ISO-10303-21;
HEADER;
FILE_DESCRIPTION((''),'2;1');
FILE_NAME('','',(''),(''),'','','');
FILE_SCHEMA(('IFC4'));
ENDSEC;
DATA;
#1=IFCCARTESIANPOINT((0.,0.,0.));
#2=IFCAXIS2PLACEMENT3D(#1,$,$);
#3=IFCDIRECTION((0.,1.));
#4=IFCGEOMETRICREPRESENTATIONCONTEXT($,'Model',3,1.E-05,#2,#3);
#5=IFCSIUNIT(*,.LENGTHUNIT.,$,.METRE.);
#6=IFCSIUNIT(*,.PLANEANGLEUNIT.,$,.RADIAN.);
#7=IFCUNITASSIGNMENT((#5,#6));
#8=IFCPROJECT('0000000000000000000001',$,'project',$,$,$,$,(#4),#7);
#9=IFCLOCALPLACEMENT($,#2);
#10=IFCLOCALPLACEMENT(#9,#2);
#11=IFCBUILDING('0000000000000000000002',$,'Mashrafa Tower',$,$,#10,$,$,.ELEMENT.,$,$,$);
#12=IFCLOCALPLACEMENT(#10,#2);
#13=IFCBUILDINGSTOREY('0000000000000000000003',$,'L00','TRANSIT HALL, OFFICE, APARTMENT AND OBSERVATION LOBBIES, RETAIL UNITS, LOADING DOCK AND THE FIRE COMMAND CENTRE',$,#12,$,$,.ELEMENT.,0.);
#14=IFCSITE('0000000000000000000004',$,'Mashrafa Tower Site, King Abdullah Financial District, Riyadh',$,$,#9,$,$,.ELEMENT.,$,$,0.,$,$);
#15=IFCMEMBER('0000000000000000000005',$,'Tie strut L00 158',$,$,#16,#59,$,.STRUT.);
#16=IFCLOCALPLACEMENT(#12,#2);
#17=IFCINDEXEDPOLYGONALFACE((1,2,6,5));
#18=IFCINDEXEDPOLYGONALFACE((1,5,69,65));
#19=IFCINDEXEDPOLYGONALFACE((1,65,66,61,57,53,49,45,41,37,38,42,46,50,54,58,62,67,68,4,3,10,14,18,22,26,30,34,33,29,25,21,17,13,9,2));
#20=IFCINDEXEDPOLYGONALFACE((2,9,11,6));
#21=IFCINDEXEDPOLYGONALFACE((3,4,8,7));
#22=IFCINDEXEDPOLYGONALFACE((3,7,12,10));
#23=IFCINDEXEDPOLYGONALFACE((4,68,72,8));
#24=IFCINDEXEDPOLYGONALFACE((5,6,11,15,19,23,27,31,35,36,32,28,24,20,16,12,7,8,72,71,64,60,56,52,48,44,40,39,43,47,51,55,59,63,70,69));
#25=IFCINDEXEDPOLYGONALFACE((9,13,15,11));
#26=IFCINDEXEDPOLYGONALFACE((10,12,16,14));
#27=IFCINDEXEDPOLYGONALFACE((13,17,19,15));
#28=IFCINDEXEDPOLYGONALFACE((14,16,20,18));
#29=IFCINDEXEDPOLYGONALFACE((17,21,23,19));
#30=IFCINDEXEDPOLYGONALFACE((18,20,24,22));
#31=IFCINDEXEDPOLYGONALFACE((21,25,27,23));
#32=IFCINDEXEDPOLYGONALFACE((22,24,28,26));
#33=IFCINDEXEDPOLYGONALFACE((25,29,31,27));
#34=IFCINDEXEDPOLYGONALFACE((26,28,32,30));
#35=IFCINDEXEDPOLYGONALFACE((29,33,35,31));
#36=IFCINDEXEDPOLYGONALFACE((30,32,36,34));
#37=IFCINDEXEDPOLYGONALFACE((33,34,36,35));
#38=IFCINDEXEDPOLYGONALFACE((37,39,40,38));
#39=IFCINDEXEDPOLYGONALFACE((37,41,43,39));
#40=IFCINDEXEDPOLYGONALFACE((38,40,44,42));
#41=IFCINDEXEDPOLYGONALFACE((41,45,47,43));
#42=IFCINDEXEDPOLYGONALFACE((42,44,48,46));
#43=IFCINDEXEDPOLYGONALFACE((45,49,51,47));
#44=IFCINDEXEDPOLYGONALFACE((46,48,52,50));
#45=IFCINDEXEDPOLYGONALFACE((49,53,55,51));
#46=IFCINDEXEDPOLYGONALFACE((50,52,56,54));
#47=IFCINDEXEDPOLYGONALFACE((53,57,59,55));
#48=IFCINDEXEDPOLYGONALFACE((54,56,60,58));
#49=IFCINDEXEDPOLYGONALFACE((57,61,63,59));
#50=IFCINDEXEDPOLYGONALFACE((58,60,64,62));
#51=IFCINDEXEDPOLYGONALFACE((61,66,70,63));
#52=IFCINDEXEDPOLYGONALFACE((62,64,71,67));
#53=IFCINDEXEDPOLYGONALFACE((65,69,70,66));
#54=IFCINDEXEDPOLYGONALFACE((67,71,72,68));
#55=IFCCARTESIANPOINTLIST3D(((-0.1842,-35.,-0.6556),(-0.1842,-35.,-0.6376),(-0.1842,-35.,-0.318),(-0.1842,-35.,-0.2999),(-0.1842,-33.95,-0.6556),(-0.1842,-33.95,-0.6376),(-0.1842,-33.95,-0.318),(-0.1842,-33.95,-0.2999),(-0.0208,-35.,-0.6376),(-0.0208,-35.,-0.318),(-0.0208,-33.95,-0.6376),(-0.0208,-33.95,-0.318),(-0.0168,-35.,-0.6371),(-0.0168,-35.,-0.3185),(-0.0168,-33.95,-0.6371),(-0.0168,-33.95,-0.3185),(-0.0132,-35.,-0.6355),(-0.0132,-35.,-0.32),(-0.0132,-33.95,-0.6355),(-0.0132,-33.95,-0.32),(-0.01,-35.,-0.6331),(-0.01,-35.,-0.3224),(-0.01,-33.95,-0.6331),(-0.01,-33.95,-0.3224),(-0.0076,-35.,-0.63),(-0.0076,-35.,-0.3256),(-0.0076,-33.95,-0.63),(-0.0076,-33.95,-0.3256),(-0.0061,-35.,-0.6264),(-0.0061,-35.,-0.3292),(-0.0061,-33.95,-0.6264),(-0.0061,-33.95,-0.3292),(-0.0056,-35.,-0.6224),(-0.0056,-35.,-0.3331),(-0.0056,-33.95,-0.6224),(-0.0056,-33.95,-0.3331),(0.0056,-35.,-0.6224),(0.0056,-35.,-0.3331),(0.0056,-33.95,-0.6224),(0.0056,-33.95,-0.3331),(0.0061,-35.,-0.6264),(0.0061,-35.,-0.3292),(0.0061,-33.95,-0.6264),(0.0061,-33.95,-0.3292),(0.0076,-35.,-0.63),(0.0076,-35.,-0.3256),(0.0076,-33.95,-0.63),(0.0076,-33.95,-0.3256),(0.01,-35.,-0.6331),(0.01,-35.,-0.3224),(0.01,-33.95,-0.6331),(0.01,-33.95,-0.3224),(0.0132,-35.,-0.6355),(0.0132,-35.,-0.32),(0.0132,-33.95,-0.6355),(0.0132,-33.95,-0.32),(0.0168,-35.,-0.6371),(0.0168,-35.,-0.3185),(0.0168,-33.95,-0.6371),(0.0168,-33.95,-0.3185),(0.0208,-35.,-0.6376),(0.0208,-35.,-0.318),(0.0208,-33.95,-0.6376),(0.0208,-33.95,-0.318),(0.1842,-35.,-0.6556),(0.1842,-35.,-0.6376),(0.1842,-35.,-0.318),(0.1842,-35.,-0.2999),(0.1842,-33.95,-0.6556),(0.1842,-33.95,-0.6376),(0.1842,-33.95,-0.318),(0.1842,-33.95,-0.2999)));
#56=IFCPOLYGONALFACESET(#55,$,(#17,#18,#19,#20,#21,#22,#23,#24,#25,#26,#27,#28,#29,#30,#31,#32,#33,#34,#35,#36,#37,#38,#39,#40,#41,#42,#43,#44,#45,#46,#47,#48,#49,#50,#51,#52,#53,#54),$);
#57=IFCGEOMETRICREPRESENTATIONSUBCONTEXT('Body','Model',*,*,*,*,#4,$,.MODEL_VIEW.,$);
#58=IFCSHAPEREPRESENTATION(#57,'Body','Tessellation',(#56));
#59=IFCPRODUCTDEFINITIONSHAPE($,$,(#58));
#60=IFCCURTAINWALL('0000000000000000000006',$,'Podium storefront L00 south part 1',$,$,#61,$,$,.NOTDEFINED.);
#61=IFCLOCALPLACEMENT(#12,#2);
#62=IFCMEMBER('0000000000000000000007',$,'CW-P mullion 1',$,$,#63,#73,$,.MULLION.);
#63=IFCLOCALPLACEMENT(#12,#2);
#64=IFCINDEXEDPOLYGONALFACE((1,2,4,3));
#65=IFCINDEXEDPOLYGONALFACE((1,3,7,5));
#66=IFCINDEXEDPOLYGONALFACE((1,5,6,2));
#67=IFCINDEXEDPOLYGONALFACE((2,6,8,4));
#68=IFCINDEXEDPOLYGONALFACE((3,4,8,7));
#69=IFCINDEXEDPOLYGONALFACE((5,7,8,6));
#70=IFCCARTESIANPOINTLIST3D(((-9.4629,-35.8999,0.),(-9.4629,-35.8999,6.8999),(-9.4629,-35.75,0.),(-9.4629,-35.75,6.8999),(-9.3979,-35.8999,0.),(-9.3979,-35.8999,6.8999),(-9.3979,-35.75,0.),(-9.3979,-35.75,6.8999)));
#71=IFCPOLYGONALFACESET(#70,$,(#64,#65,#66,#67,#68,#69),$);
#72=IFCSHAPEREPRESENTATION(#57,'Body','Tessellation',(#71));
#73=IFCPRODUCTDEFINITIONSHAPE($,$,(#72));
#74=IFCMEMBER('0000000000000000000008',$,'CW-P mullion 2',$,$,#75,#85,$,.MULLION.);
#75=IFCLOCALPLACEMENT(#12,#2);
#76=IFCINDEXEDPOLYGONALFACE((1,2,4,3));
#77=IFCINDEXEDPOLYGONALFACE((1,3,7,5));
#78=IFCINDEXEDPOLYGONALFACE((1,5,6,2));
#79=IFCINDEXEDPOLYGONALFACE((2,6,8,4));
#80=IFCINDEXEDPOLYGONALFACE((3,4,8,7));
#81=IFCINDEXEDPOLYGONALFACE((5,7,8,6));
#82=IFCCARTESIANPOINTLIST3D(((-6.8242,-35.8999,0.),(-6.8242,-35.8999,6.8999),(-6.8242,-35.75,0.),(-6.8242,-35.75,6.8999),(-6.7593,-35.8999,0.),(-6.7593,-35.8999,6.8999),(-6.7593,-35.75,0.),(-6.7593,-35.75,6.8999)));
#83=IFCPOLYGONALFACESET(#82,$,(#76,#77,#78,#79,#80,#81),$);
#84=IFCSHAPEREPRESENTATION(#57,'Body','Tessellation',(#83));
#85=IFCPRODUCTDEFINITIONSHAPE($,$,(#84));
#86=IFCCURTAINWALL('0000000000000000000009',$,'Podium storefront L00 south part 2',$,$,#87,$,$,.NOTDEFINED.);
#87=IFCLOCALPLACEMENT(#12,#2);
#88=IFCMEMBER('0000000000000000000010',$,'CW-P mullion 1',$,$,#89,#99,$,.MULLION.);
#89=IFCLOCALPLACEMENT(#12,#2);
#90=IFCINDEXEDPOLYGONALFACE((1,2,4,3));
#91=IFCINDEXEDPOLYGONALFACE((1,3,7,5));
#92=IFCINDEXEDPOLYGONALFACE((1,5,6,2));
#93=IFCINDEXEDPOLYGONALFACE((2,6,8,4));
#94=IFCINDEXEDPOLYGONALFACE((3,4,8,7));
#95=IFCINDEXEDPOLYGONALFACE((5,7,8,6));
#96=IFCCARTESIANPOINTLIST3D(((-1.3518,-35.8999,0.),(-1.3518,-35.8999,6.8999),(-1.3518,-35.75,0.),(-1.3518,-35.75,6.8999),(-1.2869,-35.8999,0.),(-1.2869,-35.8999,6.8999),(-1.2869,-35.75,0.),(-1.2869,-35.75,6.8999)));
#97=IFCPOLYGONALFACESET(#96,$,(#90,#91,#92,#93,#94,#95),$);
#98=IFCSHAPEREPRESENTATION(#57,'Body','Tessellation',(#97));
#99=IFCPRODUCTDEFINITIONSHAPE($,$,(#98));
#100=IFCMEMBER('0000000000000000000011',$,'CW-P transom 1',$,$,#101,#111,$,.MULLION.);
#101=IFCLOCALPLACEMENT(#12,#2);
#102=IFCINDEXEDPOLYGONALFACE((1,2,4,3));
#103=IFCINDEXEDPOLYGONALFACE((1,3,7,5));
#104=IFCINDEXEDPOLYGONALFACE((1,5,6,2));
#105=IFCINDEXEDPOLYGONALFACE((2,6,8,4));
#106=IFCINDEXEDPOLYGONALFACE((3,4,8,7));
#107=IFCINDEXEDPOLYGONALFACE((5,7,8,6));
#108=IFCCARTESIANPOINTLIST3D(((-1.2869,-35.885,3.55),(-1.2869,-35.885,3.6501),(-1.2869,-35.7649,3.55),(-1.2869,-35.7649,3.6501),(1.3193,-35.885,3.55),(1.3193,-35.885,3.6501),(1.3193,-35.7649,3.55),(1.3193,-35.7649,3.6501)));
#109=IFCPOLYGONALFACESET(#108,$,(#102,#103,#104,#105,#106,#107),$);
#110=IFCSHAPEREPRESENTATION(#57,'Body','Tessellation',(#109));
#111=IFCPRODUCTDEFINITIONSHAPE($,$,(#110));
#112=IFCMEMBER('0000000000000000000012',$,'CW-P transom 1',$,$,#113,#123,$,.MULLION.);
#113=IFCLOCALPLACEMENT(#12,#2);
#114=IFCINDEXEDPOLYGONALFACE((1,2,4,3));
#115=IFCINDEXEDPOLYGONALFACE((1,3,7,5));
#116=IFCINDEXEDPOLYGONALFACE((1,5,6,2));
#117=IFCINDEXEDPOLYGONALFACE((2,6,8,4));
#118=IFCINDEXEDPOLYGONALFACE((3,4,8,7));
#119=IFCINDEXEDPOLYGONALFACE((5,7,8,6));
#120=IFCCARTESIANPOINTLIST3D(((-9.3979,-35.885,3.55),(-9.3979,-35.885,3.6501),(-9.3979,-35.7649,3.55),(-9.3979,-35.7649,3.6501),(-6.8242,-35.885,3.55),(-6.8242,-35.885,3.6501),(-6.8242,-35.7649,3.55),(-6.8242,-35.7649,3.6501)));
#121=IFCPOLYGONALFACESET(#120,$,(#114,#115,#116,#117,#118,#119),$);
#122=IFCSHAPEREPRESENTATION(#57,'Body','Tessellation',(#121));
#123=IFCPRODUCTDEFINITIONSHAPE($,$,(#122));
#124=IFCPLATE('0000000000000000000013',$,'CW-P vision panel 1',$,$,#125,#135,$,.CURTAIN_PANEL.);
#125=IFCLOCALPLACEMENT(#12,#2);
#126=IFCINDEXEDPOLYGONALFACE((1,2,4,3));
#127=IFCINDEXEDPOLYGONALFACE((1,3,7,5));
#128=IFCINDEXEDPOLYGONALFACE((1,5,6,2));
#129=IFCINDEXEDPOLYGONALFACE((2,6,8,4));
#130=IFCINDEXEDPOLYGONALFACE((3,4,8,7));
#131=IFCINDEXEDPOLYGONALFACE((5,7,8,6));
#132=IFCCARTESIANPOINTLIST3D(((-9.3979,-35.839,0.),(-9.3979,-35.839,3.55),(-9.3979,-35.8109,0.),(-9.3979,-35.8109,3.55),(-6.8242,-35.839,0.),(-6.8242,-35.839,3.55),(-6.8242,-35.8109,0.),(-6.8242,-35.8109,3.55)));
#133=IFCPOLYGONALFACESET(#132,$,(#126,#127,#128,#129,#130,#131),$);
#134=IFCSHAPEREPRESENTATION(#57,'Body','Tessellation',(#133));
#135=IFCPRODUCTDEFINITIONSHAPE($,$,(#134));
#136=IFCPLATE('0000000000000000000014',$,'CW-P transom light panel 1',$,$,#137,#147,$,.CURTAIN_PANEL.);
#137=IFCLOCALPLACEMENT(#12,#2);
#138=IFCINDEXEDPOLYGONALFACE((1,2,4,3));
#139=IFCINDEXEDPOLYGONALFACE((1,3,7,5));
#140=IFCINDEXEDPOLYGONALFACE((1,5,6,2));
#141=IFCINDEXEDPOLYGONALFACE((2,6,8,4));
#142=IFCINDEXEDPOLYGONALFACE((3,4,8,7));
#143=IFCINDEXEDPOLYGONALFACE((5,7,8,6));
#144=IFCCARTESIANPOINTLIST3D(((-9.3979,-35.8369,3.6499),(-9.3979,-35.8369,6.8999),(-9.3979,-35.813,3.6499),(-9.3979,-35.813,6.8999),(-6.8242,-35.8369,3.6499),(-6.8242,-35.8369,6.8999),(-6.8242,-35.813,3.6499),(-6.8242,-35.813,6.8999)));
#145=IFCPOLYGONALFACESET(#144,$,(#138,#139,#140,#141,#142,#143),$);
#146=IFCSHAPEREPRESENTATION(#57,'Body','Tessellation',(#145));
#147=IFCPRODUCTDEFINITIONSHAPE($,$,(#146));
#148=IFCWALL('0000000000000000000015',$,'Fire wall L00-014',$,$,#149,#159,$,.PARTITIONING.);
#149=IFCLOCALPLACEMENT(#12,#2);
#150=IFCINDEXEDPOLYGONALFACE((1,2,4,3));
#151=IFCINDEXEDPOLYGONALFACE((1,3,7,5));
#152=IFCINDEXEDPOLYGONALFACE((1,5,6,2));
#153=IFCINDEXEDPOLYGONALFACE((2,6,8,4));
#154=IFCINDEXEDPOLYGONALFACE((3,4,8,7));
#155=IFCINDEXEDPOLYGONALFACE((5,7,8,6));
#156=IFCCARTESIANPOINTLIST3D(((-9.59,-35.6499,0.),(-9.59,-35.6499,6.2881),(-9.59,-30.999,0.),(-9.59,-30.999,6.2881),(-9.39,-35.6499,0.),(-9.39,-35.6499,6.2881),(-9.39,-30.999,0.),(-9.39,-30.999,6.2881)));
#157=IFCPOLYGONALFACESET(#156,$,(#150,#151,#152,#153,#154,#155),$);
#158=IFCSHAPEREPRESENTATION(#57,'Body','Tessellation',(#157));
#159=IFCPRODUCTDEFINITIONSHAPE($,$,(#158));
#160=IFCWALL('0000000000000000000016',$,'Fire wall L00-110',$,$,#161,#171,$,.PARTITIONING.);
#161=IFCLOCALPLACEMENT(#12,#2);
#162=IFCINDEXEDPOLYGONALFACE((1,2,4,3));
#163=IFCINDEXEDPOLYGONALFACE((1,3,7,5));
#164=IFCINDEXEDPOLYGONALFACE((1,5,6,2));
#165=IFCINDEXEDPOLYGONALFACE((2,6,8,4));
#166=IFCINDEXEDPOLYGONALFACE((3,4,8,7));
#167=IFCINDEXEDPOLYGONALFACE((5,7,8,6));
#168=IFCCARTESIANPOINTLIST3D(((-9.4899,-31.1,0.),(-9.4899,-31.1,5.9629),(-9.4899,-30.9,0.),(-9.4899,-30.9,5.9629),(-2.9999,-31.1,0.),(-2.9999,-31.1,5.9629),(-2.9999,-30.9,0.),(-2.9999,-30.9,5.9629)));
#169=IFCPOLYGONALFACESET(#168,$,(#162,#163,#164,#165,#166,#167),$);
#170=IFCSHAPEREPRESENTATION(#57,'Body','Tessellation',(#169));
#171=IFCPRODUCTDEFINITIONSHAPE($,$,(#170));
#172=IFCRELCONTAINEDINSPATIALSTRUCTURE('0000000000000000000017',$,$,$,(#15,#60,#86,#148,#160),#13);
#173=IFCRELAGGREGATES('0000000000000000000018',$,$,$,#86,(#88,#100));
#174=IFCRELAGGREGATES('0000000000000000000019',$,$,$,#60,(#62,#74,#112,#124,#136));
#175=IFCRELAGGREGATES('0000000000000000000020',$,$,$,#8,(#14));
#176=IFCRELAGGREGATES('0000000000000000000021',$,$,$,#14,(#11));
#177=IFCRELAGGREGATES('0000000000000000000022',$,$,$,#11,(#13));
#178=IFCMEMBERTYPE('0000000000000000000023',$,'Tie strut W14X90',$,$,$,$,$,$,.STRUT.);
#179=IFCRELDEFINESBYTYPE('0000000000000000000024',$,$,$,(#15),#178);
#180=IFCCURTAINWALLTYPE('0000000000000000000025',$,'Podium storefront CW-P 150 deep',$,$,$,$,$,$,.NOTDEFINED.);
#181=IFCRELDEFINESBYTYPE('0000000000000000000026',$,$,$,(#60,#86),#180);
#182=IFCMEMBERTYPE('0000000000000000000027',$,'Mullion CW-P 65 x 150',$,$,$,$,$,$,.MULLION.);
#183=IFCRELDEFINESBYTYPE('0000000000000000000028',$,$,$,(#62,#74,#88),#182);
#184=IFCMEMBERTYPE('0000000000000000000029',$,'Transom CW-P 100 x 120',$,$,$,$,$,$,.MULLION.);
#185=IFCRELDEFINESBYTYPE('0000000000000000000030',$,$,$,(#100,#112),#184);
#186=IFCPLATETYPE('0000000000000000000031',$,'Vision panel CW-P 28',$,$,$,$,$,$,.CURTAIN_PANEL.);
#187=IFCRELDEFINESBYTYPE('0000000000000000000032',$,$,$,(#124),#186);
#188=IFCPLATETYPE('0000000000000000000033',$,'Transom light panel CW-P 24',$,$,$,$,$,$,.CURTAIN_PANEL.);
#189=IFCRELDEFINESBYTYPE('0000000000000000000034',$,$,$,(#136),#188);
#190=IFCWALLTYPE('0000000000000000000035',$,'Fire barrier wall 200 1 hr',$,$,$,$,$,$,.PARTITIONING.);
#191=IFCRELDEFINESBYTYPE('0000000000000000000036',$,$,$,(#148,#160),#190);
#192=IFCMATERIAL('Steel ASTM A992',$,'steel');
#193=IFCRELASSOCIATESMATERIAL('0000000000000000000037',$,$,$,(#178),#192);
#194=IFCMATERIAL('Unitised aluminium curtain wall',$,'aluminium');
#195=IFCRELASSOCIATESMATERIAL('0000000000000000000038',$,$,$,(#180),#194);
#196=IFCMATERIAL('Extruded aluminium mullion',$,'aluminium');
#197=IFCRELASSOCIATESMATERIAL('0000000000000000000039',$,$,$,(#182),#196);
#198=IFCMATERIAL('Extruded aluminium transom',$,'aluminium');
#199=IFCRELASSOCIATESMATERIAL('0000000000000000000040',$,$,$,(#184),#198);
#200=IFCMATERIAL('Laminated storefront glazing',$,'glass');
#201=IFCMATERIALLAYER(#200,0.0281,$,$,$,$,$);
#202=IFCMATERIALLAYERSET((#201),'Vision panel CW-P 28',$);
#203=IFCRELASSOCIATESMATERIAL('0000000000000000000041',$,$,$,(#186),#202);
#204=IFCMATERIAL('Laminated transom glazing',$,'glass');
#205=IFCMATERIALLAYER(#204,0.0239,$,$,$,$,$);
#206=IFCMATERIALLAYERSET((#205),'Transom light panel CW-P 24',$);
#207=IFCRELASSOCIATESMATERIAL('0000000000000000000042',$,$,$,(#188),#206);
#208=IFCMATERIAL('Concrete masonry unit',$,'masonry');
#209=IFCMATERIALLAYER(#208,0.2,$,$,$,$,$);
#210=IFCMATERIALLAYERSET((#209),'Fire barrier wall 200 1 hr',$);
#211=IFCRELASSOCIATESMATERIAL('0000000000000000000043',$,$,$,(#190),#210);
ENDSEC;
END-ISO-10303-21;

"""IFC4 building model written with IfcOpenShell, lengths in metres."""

from ifc_helpers import new_model, si_unit, direction, frame, frame_2d, origin, origin_2d, place, context, subcontext, project, spatial, rectangle, i_section, extrude, source, transform, mapped, material, layer, layer_set, material_profile, profile_set, type_object, type_shapes, element, aggregate, save


model = new_model("IFC4")

# Units and contexts
model_context = context("Model", 3, precision=1e-05, world=origin(), true_north=direction((0.0, 1.0)))
body_context = subcontext(model_context, "Body", "Model", "MODEL_VIEW")
ifc_project = project(units=[si_unit("LENGTHUNIT", "METRE"), si_unit("PLANEANGLEUNIT", "RADIAN")], contexts=[model_context])

# Site, building, storey
site_placement = place(None, origin())
site = spatial("IfcSite", under=ifc_project, at=site_placement, Name="Mashrafa Tower Site, King Abdullah Financial District, Riyadh", CompositionType="ELEMENT", RefElevation=0.0)
building_placement = place(site_placement, origin())
building = spatial("IfcBuilding", under=site, at=building_placement, Name="Mashrafa Tower", CompositionType="ELEMENT")
storey_placement = place(building_placement, origin())
storey = spatial("IfcBuildingStorey", under=building, at=storey_placement, Name="L00", Description="TRANSIT HALL, OFFICE, APARTMENT AND OBSERVATION LOBBIES, RETAIL UNITS, LOADING DOCK AND THE FIRE COMMAND CENTRE", CompositionType="ELEMENT", Elevation=0.0)

# Member
ifc_material_1 = material(Name="Steel ASTM A992", Category="steel")
ifc_material_profile_1 = material_profile(ifc_material_1, i_section(OverallWidth=0.3684, OverallDepth=0.3557, WebThickness=0.0112, FlangeThickness=0.0181, FilletRadius=0.0151, at=origin_2d()), Name="W14X90")
ifc_profile_set_1 = profile_set([ifc_material_profile_1], Name="Steel ASTM A992")
member_type_1 = type_object("IfcMemberType", Name="Tie strut W14X90", PredefinedType="STRUT", material=ifc_profile_set_1)
shared_shape_1 = source(origin(), body_context, "Body", "SweptSolid", [
    extrude(i_section(OverallWidth=0.3684, OverallDepth=0.3557, WebThickness=0.0112, FlangeThickness=0.0181, FilletRadius=0.0151, at=origin_2d()), origin(), (0.0, 0.0, 1.0), 1.05),
])
type_shapes(member_type_1, [shared_shape_1])
member_1_placement = place(storey_placement, frame((0.0, -33.95, -0.4778), z_axis=(0.0, -1.0, 0.0), x_axis=(1.0, 0.0, 0.0)))
element("IfcMember", 1, at=member_1_placement, inside=storey, type_object=member_type_1, Name="Tie strut L00 158", PredefinedType="STRUT", context=body_context, shape_type="MappedRepresentation", body=[
    mapped(shared_shape_1, transform((0.0, 0.0, 0.0))),
])

# Curtain walls, members
ifc_material_2 = material(Name="Unitised aluminium curtain wall", Category="aluminium")
curtain_wall_type = type_object("IfcCurtainWallType", Name="Podium storefront CW-P 150 deep", PredefinedType="NOTDEFINED", material=ifc_material_2)
curtain_wall_1_placement = place(storey_placement, origin())
curtain_wall_1 = element("IfcCurtainWall", 2, at=curtain_wall_1_placement, inside=storey, type_object=curtain_wall_type, Name="Podium storefront L00 south part 1", PredefinedType="NOTDEFINED")
ifc_material_3 = material(Name="Extruded aluminium mullion", Category="aluminium")
ifc_material_profile_2 = material_profile(ifc_material_3, rectangle(XDim=0.1499, YDim=0.0649, at=origin_2d()), Name="Mullion 65x150")
ifc_profile_set_2 = profile_set([ifc_material_profile_2], Name="Extruded aluminium mullion")
member_type_2 = type_object("IfcMemberType", Name="Mullion CW-P 65 x 150", PredefinedType="MULLION", material=ifc_profile_set_2)
shared_shape_2 = source(origin(), body_context, "Body", "SweptSolid", [
    extrude(rectangle(XDim=0.1499, YDim=0.0649, at=origin_2d()), origin(), (0.0, 0.0, 1.0), 6.8999),
])
type_shapes(member_type_2, [shared_shape_2])
member_2_placement = place(storey_placement, frame((-9.4304, -35.825, 0.0), z_axis=(0.0, 0.0, 1.0), x_axis=(0.0, 1.0, 0.0)))
member_2 = element("IfcMember", 3, at=member_2_placement, type_object=member_type_2, Name="CW-P mullion 1", PredefinedType="MULLION", context=body_context, shape_type="MappedRepresentation", body=[
    mapped(shared_shape_2, transform((0.0, 0.0, 0.0))),
])
member_3_placement = place(storey_placement, frame((-6.7917, -35.825, 0.0), z_axis=(0.0, 0.0, 1.0), x_axis=(0.0, 1.0, 0.0)))
member_3 = element("IfcMember", 4, at=member_3_placement, type_object=member_type_2, Name="CW-P mullion 2", PredefinedType="MULLION", context=body_context, shape_type="MappedRepresentation", body=[
    mapped(shared_shape_2, transform((0.0, 0.0, 0.0))),
])
curtain_wall_2_placement = place(storey_placement, origin())
curtain_wall_2 = element("IfcCurtainWall", 5, at=curtain_wall_2_placement, inside=storey, type_object=curtain_wall_type, Name="Podium storefront L00 south part 2", PredefinedType="NOTDEFINED")
member_4_placement = place(storey_placement, frame((-1.3193, -35.825, 0.0), z_axis=(0.0, 0.0, 1.0), x_axis=(0.0, 1.0, 0.0)))
member_4 = element("IfcMember", 6, at=member_4_placement, type_object=member_type_2, Name="CW-P mullion 1", PredefinedType="MULLION", context=body_context, shape_type="MappedRepresentation", body=[
    mapped(shared_shape_2, transform((0.0, 0.0, 0.0))),
])
ifc_material_4 = material(Name="Extruded aluminium transom", Category="aluminium")
ifc_material_profile_3 = material_profile(ifc_material_4, rectangle(XDim=0.1201, YDim=0.1001, at=origin_2d()), Name="Transom 100x120")
ifc_profile_set_3 = profile_set([ifc_material_profile_3], Name="Extruded aluminium transom")
member_type_3 = type_object("IfcMemberType", Name="Transom CW-P 100 x 120", PredefinedType="MULLION", material=ifc_profile_set_3)
shared_shape_3 = source(origin(), body_context, "Body", "SweptSolid", [
    extrude(rectangle(XDim=0.1201, YDim=0.1001, at=origin_2d()), origin(), (0.0, 0.0, 1.0), 2.6062),
])
member_5_placement = place(storey_placement, frame((-1.2869, -35.825, 3.6001), z_axis=(1.0, 0.0, 0.0), x_axis=(0.0, 1.0, 0.0)))
member_5 = element("IfcMember", 7, at=member_5_placement, type_object=member_type_3, Name="CW-P transom 1", PredefinedType="MULLION", context=body_context, shape_type="MappedRepresentation", body=[
    mapped(shared_shape_3, transform((0.0, 0.0, 0.0))),
])
aggregate(curtain_wall_2, [member_4, member_5])

# Member
shared_shape_4 = source(origin(), body_context, "Body", "SweptSolid", [
    extrude(rectangle(XDim=0.1201, YDim=0.1001, at=origin_2d()), origin(), (0.0, 0.0, 1.0), 2.5737),
])
type_shapes(member_type_3, [shared_shape_3, shared_shape_4])
member_6_placement = place(storey_placement, frame((-9.3979, -35.825, 3.6001), z_axis=(1.0, 0.0, 0.0), x_axis=(0.0, 1.0, 0.0)))
member_6 = element("IfcMember", 8, at=member_6_placement, type_object=member_type_3, Name="CW-P transom 1", PredefinedType="MULLION", context=body_context, shape_type="MappedRepresentation", body=[
    mapped(shared_shape_4, transform((0.0, 0.0, 0.0))),
])

# Plates
ifc_material_5 = material(Name="Laminated storefront glazing", Category="glass")
ifc_layer_1 = layer(ifc_material_5, 0.0281)
ifc_layer_set_1 = layer_set([ifc_layer_1], Name="Vision panel CW-P 28")
plate_type_1 = type_object("IfcPlateType", Name="Vision panel CW-P 28", PredefinedType="CURTAIN_PANEL", material=ifc_layer_set_1)
shared_shape_5 = source(origin(), body_context, "Body", "SweptSolid", [
    extrude(rectangle(XDim=2.5737, YDim=0.0281, at=origin_2d()), origin(), (0.0, 0.0, 1.0), 3.55),
])
type_shapes(plate_type_1, [shared_shape_5])
plate_1_placement = place(storey_placement, frame((-8.1111, -35.825, 0.0), z_axis=(0.0, 0.0, 1.0), x_axis=(1.0, 0.0, 0.0)))
plate_1 = element("IfcPlate", 9, at=plate_1_placement, type_object=plate_type_1, Name="CW-P vision panel 1", PredefinedType="CURTAIN_PANEL", context=body_context, shape_type="MappedRepresentation", body=[
    mapped(shared_shape_5, transform((0.0, 0.0, 0.0))),
])
ifc_material_6 = material(Name="Laminated transom glazing", Category="glass")
ifc_layer_2 = layer(ifc_material_6, 0.0239)
ifc_layer_set_2 = layer_set([ifc_layer_2], Name="Transom light panel CW-P 24")
plate_type_2 = type_object("IfcPlateType", Name="Transom light panel CW-P 24", PredefinedType="CURTAIN_PANEL", material=ifc_layer_set_2)
shared_shape_6 = source(origin(), body_context, "Body", "SweptSolid", [
    extrude(rectangle(XDim=2.5737, YDim=0.0239, at=origin_2d()), origin(), (0.0, 0.0, 1.0), 3.25),
])
type_shapes(plate_type_2, [shared_shape_6])
plate_2_placement = place(storey_placement, frame((-8.1111, -35.825, 3.6499), z_axis=(0.0, 0.0, 1.0), x_axis=(1.0, 0.0, 0.0)))
plate_2 = element("IfcPlate", 10, at=plate_2_placement, type_object=plate_type_2, Name="CW-P transom light panel 1", PredefinedType="CURTAIN_PANEL", context=body_context, shape_type="MappedRepresentation", body=[
    mapped(shared_shape_6, transform((0.0, 0.0, 0.0))),
])
aggregate(curtain_wall_1, [member_2, member_3, member_6, plate_1, plate_2])

# Walls
ifc_material_7 = material(Name="Concrete masonry unit", Category="masonry")
ifc_layer_3 = layer(ifc_material_7, 0.2)
ifc_layer_set_3 = layer_set([ifc_layer_3], Name="Fire barrier wall 200 1 hr")
wall_type_1 = type_object("IfcWallType", Name="Fire barrier wall 200 1 hr", PredefinedType="PARTITIONING", material=ifc_layer_set_3)
wall_1_placement = place(storey_placement, frame((-9.49, -35.6499, 0.0), z_axis=(0.0, 0.0, 1.0), x_axis=(0.0, 1.0, 0.0)))
element("IfcWall", 11, at=wall_1_placement, inside=storey, type_object=wall_type_1, Name="Fire wall L00-014", PredefinedType="PARTITIONING", context=body_context, shape_type="SweptSolid", body=[
    extrude(rectangle(XDim=4.6509, YDim=0.2, at=frame_2d((2.3254, 0.0))), origin(), (0.0, 0.0, 1.0), 6.2881),
])
wall_2_placement = place(storey_placement, frame((-9.49, -31.0, 0.0), z_axis=(0.0, 0.0, 1.0), x_axis=(1.0, 0.0, 0.0)))
element("IfcWall", 12, at=wall_2_placement, inside=storey, type_object=wall_type_1, Name="Fire wall L00-110", PredefinedType="PARTITIONING", context=body_context, shape_type="SweptSolid", body=[
    extrude(rectangle(XDim=6.49, YDim=0.2, at=frame_2d((3.2451, 0.0))), origin(), (0.0, 0.0, 1.0), 5.9629),
])

save(model, "model.ifc")
